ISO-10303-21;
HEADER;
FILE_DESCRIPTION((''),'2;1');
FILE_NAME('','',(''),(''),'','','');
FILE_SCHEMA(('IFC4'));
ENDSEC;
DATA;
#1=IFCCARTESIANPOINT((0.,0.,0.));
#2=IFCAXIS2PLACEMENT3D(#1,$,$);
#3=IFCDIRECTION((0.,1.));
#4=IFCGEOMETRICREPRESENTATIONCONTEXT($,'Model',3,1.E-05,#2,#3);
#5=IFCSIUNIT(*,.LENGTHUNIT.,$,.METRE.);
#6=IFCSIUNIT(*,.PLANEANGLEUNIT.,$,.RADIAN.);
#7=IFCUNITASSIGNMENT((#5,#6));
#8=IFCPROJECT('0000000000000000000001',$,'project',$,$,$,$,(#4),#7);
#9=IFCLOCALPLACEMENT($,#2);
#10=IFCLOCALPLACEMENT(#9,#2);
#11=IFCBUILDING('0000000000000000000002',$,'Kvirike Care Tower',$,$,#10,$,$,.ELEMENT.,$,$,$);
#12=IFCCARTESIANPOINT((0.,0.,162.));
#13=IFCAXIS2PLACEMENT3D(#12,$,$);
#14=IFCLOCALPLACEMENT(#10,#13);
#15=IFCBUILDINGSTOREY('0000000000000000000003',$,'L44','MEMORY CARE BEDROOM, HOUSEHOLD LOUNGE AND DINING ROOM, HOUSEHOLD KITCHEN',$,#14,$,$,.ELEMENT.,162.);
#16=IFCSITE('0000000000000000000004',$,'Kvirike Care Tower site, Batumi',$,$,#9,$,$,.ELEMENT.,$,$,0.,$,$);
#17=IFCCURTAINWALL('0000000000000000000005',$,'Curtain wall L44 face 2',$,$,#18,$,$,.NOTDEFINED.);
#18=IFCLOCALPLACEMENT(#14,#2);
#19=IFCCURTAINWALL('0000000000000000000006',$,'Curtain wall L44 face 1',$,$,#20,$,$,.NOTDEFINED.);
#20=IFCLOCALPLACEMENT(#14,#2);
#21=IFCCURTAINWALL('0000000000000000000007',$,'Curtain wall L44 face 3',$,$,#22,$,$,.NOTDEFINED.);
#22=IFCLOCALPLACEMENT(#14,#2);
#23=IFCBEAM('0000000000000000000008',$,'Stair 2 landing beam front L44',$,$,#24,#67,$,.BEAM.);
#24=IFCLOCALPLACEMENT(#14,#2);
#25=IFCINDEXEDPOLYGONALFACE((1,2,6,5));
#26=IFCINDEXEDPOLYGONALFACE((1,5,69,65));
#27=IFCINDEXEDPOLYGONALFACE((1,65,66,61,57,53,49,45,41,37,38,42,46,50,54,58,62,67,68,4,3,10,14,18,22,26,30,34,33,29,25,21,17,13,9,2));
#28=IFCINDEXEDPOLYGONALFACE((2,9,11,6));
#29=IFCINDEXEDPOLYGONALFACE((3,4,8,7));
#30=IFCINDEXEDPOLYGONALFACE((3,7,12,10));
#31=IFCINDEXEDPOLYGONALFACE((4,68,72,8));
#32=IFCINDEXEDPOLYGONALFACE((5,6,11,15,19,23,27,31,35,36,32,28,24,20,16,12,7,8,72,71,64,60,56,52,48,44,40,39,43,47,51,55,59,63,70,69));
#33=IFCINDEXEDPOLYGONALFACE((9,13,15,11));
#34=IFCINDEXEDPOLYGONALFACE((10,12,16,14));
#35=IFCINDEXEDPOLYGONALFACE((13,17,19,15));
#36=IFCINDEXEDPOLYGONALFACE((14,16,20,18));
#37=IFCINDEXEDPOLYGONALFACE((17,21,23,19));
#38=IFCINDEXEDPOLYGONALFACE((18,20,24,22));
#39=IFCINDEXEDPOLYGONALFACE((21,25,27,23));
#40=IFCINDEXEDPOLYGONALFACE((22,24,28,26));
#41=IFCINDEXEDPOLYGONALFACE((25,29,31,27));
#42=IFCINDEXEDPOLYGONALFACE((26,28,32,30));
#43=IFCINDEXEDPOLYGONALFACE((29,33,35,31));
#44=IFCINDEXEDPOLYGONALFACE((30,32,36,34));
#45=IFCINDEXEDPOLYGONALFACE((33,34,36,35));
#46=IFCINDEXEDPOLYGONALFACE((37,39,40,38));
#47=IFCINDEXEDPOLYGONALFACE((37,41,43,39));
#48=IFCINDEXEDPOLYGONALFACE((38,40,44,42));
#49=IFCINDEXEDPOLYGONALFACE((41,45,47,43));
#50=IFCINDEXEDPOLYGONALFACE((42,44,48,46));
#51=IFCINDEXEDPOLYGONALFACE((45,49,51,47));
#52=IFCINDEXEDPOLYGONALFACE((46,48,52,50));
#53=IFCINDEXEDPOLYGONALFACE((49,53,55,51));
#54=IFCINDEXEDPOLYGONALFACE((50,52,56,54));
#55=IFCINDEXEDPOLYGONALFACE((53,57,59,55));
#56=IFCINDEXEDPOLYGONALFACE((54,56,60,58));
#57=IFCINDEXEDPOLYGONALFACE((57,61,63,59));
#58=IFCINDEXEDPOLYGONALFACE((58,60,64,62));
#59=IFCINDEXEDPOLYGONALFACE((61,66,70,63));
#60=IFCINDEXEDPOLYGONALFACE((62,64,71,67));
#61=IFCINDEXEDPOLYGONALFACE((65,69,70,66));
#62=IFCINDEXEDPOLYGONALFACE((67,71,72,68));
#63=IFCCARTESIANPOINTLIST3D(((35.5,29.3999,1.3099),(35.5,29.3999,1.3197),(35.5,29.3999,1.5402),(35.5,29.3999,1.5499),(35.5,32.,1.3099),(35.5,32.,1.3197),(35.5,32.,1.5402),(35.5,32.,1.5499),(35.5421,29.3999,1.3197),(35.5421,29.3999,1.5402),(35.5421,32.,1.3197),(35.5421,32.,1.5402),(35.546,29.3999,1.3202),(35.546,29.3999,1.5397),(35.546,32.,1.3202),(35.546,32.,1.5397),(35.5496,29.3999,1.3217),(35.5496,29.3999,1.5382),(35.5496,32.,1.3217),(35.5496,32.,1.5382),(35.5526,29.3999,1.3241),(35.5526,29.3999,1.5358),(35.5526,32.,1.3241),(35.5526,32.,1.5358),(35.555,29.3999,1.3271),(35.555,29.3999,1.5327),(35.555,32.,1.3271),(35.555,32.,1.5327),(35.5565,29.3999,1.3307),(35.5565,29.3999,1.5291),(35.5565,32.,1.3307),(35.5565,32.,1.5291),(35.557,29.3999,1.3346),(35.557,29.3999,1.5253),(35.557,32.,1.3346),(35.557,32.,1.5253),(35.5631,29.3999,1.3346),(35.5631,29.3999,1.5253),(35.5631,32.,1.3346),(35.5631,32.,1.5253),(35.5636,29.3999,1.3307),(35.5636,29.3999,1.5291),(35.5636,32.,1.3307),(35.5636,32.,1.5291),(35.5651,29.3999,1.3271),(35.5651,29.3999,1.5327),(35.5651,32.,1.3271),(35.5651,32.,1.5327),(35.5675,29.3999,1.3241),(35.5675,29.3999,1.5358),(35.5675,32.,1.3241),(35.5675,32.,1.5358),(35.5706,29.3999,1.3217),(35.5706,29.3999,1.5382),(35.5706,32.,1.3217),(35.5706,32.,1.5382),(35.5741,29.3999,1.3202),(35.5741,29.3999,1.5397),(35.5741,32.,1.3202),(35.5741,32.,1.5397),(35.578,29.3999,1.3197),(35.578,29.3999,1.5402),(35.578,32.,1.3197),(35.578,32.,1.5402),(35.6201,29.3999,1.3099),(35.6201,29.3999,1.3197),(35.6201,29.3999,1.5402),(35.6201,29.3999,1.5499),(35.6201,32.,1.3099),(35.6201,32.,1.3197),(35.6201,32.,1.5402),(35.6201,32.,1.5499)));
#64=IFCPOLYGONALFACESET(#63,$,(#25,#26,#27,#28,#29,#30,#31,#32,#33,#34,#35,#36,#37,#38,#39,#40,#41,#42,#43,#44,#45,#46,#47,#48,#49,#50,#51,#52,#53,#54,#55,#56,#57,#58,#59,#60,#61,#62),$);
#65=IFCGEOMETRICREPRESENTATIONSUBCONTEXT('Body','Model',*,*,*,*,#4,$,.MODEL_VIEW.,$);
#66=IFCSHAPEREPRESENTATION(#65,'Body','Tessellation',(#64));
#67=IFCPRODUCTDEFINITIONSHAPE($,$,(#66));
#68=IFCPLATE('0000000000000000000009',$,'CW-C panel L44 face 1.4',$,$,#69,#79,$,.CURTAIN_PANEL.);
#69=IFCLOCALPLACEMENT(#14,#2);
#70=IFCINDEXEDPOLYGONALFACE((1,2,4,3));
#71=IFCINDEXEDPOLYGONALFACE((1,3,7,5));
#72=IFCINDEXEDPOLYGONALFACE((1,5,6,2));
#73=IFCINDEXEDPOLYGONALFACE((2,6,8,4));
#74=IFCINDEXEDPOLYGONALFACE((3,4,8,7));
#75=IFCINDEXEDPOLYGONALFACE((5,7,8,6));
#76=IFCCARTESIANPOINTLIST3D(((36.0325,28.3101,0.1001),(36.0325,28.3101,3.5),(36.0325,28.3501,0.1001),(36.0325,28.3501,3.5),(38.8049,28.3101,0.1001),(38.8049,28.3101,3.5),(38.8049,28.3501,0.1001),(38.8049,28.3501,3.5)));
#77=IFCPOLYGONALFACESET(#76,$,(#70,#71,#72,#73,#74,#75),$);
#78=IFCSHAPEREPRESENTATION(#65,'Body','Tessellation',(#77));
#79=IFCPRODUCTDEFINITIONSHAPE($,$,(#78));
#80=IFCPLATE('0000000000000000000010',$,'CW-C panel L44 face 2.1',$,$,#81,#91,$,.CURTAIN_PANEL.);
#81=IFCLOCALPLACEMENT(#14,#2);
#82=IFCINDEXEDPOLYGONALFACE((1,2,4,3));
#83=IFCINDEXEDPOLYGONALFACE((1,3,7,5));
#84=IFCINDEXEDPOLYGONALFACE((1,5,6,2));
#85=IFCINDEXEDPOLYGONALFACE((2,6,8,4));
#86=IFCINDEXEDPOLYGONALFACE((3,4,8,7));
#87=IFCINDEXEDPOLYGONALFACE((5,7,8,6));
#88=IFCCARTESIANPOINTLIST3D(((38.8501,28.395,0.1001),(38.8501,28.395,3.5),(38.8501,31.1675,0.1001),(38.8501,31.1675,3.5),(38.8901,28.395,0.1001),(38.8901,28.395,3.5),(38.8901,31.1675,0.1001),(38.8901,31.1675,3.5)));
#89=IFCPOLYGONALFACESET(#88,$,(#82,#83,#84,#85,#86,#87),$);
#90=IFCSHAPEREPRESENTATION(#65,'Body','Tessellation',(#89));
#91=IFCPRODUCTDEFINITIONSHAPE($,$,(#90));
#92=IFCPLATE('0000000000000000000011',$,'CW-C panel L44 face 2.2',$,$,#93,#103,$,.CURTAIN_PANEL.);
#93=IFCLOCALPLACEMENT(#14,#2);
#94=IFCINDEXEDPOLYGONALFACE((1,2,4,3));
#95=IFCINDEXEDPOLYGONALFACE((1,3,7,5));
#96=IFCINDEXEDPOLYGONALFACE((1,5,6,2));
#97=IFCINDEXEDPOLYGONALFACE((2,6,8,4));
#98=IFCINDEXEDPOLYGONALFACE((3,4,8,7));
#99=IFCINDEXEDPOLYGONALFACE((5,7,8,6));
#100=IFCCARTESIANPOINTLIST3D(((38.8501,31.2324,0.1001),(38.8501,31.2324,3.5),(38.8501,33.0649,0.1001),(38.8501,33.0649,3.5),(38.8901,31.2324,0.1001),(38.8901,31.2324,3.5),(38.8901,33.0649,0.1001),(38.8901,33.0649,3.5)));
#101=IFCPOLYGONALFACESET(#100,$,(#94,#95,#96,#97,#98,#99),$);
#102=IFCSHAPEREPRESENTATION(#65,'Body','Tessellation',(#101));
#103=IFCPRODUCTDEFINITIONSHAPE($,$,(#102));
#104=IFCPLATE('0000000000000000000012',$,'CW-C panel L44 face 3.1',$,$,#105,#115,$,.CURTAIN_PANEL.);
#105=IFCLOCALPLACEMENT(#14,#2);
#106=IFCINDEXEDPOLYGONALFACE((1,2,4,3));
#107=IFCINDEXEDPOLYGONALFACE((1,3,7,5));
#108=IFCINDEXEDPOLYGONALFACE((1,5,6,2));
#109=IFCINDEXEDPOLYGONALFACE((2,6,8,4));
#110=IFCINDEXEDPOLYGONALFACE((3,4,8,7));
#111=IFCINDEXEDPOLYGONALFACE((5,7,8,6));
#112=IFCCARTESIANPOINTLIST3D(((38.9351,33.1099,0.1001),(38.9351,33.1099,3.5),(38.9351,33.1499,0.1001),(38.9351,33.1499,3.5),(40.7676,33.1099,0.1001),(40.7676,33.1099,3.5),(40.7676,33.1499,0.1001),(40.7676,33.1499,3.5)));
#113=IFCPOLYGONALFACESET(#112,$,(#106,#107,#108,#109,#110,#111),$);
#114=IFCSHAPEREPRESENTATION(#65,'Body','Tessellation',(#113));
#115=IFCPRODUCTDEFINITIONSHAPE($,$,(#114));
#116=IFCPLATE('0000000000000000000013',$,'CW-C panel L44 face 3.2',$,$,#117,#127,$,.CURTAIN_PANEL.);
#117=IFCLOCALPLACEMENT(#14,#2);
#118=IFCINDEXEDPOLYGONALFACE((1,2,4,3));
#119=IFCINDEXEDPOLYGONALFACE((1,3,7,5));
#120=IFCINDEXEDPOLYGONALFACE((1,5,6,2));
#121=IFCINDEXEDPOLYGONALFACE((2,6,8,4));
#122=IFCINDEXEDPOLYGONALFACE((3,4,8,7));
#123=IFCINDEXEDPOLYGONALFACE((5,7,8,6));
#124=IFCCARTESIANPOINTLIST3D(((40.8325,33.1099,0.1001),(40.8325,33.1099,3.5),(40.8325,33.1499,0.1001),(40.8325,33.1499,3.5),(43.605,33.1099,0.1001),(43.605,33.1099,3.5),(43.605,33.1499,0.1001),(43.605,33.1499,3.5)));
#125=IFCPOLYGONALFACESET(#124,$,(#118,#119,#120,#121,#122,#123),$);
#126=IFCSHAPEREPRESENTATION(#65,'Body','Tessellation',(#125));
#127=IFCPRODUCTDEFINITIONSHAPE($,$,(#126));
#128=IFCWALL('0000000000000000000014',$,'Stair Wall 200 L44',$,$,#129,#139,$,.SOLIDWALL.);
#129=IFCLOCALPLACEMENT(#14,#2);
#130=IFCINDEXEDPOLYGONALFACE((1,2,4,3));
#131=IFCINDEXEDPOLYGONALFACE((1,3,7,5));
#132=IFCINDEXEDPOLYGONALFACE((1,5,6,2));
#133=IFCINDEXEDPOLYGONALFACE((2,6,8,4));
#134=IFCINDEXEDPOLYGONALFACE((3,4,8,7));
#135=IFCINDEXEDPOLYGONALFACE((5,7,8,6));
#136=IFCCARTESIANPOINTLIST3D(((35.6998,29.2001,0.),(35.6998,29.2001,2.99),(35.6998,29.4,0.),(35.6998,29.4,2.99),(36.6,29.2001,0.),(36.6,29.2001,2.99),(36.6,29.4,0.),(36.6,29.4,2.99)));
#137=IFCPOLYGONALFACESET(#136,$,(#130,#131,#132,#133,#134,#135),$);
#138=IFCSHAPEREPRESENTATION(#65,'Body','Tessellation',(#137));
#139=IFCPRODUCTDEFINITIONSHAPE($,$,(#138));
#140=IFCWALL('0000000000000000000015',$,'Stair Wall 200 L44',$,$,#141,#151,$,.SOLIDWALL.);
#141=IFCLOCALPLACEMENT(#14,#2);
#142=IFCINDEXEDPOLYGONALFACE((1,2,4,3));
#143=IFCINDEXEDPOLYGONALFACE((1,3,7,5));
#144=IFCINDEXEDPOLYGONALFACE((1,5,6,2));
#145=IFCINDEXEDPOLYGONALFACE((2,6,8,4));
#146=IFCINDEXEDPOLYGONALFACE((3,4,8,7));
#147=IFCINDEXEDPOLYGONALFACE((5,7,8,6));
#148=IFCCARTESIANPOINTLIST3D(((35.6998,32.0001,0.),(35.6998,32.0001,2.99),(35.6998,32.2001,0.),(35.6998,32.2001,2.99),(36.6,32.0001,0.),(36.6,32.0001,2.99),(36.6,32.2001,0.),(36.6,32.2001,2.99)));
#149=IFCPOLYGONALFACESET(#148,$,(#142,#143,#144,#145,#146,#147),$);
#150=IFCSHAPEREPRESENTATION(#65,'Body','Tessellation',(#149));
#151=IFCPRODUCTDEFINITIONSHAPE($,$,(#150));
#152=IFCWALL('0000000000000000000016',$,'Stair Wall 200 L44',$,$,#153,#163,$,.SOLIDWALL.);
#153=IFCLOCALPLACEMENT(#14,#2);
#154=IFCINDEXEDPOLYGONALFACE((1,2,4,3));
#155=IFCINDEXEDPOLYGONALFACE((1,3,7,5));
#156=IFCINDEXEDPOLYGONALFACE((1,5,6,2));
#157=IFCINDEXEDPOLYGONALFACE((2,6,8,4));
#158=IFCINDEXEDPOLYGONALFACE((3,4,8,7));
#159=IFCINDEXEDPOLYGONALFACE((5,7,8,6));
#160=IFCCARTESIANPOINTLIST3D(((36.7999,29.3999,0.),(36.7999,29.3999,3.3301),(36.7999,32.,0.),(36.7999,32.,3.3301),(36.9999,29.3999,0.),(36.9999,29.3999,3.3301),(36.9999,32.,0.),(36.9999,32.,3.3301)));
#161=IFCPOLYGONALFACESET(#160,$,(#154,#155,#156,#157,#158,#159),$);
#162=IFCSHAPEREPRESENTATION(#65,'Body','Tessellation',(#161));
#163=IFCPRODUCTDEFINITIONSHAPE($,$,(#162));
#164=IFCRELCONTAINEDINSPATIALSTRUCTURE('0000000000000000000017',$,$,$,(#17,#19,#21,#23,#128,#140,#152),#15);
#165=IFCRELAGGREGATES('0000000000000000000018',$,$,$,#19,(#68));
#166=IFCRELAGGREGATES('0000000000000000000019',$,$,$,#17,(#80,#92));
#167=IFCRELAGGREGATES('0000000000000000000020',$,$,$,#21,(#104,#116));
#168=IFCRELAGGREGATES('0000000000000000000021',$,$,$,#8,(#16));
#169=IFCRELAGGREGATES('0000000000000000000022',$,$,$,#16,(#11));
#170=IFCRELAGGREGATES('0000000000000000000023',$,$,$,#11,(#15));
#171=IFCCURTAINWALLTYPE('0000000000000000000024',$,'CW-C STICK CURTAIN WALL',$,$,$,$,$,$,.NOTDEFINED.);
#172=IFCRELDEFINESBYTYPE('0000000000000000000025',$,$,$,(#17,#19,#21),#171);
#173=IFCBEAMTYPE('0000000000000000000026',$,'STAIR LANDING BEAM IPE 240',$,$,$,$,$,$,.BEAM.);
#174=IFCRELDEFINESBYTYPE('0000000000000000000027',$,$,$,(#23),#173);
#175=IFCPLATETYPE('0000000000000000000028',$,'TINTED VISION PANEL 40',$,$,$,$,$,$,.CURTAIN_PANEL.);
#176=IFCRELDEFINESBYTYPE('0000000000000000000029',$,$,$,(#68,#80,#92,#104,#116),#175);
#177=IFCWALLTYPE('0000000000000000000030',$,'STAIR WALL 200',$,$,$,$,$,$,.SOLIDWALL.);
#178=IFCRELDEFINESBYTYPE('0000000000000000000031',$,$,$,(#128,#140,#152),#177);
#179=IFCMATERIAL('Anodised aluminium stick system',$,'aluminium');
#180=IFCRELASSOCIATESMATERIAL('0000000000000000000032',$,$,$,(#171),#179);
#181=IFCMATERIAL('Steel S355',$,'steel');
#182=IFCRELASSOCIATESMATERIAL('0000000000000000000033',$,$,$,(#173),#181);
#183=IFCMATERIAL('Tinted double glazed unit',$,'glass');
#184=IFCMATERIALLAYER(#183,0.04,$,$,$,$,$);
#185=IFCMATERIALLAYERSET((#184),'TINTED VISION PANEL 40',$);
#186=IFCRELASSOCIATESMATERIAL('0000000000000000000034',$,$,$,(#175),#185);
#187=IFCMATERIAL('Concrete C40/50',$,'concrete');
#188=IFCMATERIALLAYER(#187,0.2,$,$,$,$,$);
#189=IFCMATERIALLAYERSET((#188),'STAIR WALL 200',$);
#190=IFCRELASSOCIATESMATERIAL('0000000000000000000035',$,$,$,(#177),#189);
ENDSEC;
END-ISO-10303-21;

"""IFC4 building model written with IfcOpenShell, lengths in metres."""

from ifc_helpers import new_model, si_unit, direction, frame, frame_2d, origin, origin_2d, place, context, subcontext, project, spatial, rectangle, i_section, extrude, material, layer, layer_set, material_profile, profile_set, type_object, element, aggregate, save


model = new_model("IFC4")

# Units and contexts
model_context = context("Model", 3, precision=1e-05, world=origin(), true_north=direction((0.0, 1.0)))
body_context = subcontext(model_context, "Body", "Model", "MODEL_VIEW")
ifc_project = project(units=[si_unit("LENGTHUNIT", "METRE"), si_unit("PLANEANGLEUNIT", "RADIAN")], contexts=[model_context])

# Site, building, storey
site_placement = place(None, origin())
site = spatial("IfcSite", under=ifc_project, at=site_placement, Name="Kvirike Care Tower site, Batumi", CompositionType="ELEMENT", RefElevation=0.0)
building_placement = place(site_placement, origin())
building = spatial("IfcBuilding", under=site, at=building_placement, Name="Kvirike Care Tower", CompositionType="ELEMENT")
storey_placement = place(building_placement, frame((0.0, 0.0, 162.0)))
storey = spatial("IfcBuildingStorey", under=building, at=storey_placement, Name="L44", Description="MEMORY CARE BEDROOM, HOUSEHOLD LOUNGE AND DINING ROOM, HOUSEHOLD KITCHEN", CompositionType="ELEMENT", Elevation=162.0)

# Curtain wall
ifc_material_1 = material(Name="Anodised aluminium stick system", Category="aluminium")
curtain_wall_type = type_object("IfcCurtainWallType", Name="CW-C STICK CURTAIN WALL", PredefinedType="NOTDEFINED", material=ifc_material_1)
curtain_wall_1_placement = place(storey_placement, origin())
curtain_wall_1 = element("IfcCurtainWall", 1, at=curtain_wall_1_placement, inside=storey, type_object=curtain_wall_type, Name="Curtain wall L44 face 2", PredefinedType="NOTDEFINED")

# Curtain wall
curtain_wall_2_placement = place(storey_placement, origin())
curtain_wall_2 = element("IfcCurtainWall", 2, at=curtain_wall_2_placement, inside=storey, type_object=curtain_wall_type, Name="Curtain wall L44 face 1", PredefinedType="NOTDEFINED")

# Curtain wall
curtain_wall_3_placement = place(storey_placement, origin())
curtain_wall_3 = element("IfcCurtainWall", 3, at=curtain_wall_3_placement, inside=storey, type_object=curtain_wall_type, Name="Curtain wall L44 face 3", PredefinedType="NOTDEFINED")

# Beam
ifc_material_2 = material(Name="Steel S355", Category="steel")
ifc_material_profile_1 = material_profile(ifc_material_2, i_section(OverallWidth=0.1201, OverallDepth=0.24, WebThickness=0.0061, FlangeThickness=0.0098, FilletRadius=0.0149, at=origin_2d()), Name="IPE 240")
ifc_profile_set_1 = profile_set([ifc_material_profile_1], Name="Steel S355")
beam_type_1 = type_object("IfcBeamType", Name="STAIR LANDING BEAM IPE 240", PredefinedType="BEAM", material=ifc_profile_set_1)
for number, where, z_axis, x_axis, name in (
    (4, (35.5601, 29.3999, 1.4299), (0.0, 1.0, 0.0), (-1.0, 0.0, 0.0), "Stair 2 landing beam front L44"),
):
    element("IfcBeam", number, at=place(storey_placement, frame(where, z_axis=z_axis, x_axis=x_axis)), inside=storey, type_object=beam_type_1, Name=name, PredefinedType="BEAM", context=body_context, shape_type="SweptSolid", body=[
        extrude(i_section(OverallWidth=0.1201, OverallDepth=0.24, WebThickness=0.0061, FlangeThickness=0.0098, FilletRadius=0.0149, at=origin_2d()), origin(), (0.0, 0.0, 1.0), 2.6001),
    ])

# Plates
ifc_material_3 = material(Name="Tinted double glazed unit", Category="glass")
ifc_layer_1 = layer(ifc_material_3, 0.04)
ifc_layer_set_1 = layer_set([ifc_layer_1], Name="TINTED VISION PANEL 40")
plate_type = type_object("IfcPlateType", Name="TINTED VISION PANEL 40", PredefinedType="CURTAIN_PANEL", material=ifc_layer_set_1)
plate_1_placement = place(storey_placement, frame((37.4187, 28.3301, 0.1001), z_axis=(0.0, 0.0, 1.0), x_axis=(1.0, 0.0, 0.0)))
plate_1 = element("IfcPlate", 5, at=plate_1_placement, type_object=plate_type, Name="CW-C panel L44 face 1.4", PredefinedType="CURTAIN_PANEL", context=body_context, shape_type="SweptSolid", body=[
    extrude(rectangle(XDim=2.7725, YDim=0.04, at=origin_2d()), origin(), (0.0, 0.0, 1.0), 3.3999),
])
aggregate(curtain_wall_2, [plate_1])
plate_2_placement = place(storey_placement, frame((38.8701, 29.7812, 0.1001), z_axis=(0.0, 0.0, 1.0), x_axis=(0.0, 1.0, 0.0)))
plate_2 = element("IfcPlate", 6, at=plate_2_placement, type_object=plate_type, Name="CW-C panel L44 face 2.1", PredefinedType="CURTAIN_PANEL", context=body_context, shape_type="SweptSolid", body=[
    extrude(rectangle(XDim=2.7725, YDim=0.04, at=origin_2d()), origin(), (0.0, 0.0, 1.0), 3.3999),
])
plate_3_placement = place(storey_placement, frame((38.8701, 32.1487, 0.1001), z_axis=(0.0, 0.0, 1.0), x_axis=(0.0, 1.0, 0.0)))
plate_3 = element("IfcPlate", 7, at=plate_3_placement, type_object=plate_type, Name="CW-C panel L44 face 2.2", PredefinedType="CURTAIN_PANEL", context=body_context, shape_type="SweptSolid", body=[
    extrude(rectangle(XDim=1.8325, YDim=0.04, at=origin_2d()), origin(), (0.0, 0.0, 1.0), 3.3999),
])
aggregate(curtain_wall_1, [plate_2, plate_3])
plate_4_placement = place(storey_placement, frame((39.8513, 33.1299, 0.1001), z_axis=(0.0, 0.0, 1.0), x_axis=(1.0, 0.0, 0.0)))
plate_4 = element("IfcPlate", 8, at=plate_4_placement, type_object=plate_type, Name="CW-C panel L44 face 3.1", PredefinedType="CURTAIN_PANEL", context=body_context, shape_type="SweptSolid", body=[
    extrude(rectangle(XDim=1.8325, YDim=0.04, at=origin_2d()), origin(), (0.0, 0.0, 1.0), 3.3999),
])
plate_5_placement = place(storey_placement, frame((42.2188, 33.1299, 0.1001), z_axis=(0.0, 0.0, 1.0), x_axis=(1.0, 0.0, 0.0)))
plate_5 = element("IfcPlate", 9, at=plate_5_placement, type_object=plate_type, Name="CW-C panel L44 face 3.2", PredefinedType="CURTAIN_PANEL", context=body_context, shape_type="SweptSolid", body=[
    extrude(rectangle(XDim=2.7725, YDim=0.04, at=origin_2d()), origin(), (0.0, 0.0, 1.0), 3.3999),
])
aggregate(curtain_wall_3, [plate_4, plate_5])

# Walls
ifc_material_4 = material(Name="Concrete C40/50", Category="concrete")
ifc_layer_2 = layer(ifc_material_4, 0.2)
ifc_layer_set_2 = layer_set([ifc_layer_2], Name="STAIR WALL 200")
wall_type = type_object("IfcWallType", Name="STAIR WALL 200", PredefinedType="SOLIDWALL", material=ifc_layer_set_2)
for number, where, z_axis, x_axis, name in (
    (10, (36.6001, 29.3, 0.0), (0.0, 0.0, 1.0), (-1.0, 0.0, 0.0), "Stair Wall 200 L44"),
    (11, (36.6001, 32.1001, 0.0), (0.0, 0.0, 1.0), (-1.0, 0.0, 0.0), "Stair Wall 200 L44"),
):
    element("IfcWall", number, at=place(storey_placement, frame(where, z_axis=z_axis, x_axis=x_axis)), inside=storey, type_object=wall_type, Name=name, PredefinedType="SOLIDWALL", context=body_context, shape_type="SweptSolid", body=[
        extrude(rectangle(XDim=0.9001, YDim=0.2, at=frame_2d((0.4502, 0.0))), origin(), (0.0, 0.0, 1.0), 2.99),
    ])
wall_placement = place(storey_placement, frame((36.8999, 29.3999, 0.0), z_axis=(0.0, 0.0, 1.0), x_axis=(0.0, 1.0, 0.0)))
element("IfcWall", 12, at=wall_placement, inside=storey, type_object=wall_type, Name="Stair Wall 200 L44", PredefinedType="SOLIDWALL", context=body_context, shape_type="SweptSolid", body=[
    extrude(rectangle(XDim=2.6001, YDim=0.2, at=frame_2d((1.3, 0.0))), origin(), (0.0, 0.0, 1.0), 3.3301),
])

save(model, "model.ifc")
